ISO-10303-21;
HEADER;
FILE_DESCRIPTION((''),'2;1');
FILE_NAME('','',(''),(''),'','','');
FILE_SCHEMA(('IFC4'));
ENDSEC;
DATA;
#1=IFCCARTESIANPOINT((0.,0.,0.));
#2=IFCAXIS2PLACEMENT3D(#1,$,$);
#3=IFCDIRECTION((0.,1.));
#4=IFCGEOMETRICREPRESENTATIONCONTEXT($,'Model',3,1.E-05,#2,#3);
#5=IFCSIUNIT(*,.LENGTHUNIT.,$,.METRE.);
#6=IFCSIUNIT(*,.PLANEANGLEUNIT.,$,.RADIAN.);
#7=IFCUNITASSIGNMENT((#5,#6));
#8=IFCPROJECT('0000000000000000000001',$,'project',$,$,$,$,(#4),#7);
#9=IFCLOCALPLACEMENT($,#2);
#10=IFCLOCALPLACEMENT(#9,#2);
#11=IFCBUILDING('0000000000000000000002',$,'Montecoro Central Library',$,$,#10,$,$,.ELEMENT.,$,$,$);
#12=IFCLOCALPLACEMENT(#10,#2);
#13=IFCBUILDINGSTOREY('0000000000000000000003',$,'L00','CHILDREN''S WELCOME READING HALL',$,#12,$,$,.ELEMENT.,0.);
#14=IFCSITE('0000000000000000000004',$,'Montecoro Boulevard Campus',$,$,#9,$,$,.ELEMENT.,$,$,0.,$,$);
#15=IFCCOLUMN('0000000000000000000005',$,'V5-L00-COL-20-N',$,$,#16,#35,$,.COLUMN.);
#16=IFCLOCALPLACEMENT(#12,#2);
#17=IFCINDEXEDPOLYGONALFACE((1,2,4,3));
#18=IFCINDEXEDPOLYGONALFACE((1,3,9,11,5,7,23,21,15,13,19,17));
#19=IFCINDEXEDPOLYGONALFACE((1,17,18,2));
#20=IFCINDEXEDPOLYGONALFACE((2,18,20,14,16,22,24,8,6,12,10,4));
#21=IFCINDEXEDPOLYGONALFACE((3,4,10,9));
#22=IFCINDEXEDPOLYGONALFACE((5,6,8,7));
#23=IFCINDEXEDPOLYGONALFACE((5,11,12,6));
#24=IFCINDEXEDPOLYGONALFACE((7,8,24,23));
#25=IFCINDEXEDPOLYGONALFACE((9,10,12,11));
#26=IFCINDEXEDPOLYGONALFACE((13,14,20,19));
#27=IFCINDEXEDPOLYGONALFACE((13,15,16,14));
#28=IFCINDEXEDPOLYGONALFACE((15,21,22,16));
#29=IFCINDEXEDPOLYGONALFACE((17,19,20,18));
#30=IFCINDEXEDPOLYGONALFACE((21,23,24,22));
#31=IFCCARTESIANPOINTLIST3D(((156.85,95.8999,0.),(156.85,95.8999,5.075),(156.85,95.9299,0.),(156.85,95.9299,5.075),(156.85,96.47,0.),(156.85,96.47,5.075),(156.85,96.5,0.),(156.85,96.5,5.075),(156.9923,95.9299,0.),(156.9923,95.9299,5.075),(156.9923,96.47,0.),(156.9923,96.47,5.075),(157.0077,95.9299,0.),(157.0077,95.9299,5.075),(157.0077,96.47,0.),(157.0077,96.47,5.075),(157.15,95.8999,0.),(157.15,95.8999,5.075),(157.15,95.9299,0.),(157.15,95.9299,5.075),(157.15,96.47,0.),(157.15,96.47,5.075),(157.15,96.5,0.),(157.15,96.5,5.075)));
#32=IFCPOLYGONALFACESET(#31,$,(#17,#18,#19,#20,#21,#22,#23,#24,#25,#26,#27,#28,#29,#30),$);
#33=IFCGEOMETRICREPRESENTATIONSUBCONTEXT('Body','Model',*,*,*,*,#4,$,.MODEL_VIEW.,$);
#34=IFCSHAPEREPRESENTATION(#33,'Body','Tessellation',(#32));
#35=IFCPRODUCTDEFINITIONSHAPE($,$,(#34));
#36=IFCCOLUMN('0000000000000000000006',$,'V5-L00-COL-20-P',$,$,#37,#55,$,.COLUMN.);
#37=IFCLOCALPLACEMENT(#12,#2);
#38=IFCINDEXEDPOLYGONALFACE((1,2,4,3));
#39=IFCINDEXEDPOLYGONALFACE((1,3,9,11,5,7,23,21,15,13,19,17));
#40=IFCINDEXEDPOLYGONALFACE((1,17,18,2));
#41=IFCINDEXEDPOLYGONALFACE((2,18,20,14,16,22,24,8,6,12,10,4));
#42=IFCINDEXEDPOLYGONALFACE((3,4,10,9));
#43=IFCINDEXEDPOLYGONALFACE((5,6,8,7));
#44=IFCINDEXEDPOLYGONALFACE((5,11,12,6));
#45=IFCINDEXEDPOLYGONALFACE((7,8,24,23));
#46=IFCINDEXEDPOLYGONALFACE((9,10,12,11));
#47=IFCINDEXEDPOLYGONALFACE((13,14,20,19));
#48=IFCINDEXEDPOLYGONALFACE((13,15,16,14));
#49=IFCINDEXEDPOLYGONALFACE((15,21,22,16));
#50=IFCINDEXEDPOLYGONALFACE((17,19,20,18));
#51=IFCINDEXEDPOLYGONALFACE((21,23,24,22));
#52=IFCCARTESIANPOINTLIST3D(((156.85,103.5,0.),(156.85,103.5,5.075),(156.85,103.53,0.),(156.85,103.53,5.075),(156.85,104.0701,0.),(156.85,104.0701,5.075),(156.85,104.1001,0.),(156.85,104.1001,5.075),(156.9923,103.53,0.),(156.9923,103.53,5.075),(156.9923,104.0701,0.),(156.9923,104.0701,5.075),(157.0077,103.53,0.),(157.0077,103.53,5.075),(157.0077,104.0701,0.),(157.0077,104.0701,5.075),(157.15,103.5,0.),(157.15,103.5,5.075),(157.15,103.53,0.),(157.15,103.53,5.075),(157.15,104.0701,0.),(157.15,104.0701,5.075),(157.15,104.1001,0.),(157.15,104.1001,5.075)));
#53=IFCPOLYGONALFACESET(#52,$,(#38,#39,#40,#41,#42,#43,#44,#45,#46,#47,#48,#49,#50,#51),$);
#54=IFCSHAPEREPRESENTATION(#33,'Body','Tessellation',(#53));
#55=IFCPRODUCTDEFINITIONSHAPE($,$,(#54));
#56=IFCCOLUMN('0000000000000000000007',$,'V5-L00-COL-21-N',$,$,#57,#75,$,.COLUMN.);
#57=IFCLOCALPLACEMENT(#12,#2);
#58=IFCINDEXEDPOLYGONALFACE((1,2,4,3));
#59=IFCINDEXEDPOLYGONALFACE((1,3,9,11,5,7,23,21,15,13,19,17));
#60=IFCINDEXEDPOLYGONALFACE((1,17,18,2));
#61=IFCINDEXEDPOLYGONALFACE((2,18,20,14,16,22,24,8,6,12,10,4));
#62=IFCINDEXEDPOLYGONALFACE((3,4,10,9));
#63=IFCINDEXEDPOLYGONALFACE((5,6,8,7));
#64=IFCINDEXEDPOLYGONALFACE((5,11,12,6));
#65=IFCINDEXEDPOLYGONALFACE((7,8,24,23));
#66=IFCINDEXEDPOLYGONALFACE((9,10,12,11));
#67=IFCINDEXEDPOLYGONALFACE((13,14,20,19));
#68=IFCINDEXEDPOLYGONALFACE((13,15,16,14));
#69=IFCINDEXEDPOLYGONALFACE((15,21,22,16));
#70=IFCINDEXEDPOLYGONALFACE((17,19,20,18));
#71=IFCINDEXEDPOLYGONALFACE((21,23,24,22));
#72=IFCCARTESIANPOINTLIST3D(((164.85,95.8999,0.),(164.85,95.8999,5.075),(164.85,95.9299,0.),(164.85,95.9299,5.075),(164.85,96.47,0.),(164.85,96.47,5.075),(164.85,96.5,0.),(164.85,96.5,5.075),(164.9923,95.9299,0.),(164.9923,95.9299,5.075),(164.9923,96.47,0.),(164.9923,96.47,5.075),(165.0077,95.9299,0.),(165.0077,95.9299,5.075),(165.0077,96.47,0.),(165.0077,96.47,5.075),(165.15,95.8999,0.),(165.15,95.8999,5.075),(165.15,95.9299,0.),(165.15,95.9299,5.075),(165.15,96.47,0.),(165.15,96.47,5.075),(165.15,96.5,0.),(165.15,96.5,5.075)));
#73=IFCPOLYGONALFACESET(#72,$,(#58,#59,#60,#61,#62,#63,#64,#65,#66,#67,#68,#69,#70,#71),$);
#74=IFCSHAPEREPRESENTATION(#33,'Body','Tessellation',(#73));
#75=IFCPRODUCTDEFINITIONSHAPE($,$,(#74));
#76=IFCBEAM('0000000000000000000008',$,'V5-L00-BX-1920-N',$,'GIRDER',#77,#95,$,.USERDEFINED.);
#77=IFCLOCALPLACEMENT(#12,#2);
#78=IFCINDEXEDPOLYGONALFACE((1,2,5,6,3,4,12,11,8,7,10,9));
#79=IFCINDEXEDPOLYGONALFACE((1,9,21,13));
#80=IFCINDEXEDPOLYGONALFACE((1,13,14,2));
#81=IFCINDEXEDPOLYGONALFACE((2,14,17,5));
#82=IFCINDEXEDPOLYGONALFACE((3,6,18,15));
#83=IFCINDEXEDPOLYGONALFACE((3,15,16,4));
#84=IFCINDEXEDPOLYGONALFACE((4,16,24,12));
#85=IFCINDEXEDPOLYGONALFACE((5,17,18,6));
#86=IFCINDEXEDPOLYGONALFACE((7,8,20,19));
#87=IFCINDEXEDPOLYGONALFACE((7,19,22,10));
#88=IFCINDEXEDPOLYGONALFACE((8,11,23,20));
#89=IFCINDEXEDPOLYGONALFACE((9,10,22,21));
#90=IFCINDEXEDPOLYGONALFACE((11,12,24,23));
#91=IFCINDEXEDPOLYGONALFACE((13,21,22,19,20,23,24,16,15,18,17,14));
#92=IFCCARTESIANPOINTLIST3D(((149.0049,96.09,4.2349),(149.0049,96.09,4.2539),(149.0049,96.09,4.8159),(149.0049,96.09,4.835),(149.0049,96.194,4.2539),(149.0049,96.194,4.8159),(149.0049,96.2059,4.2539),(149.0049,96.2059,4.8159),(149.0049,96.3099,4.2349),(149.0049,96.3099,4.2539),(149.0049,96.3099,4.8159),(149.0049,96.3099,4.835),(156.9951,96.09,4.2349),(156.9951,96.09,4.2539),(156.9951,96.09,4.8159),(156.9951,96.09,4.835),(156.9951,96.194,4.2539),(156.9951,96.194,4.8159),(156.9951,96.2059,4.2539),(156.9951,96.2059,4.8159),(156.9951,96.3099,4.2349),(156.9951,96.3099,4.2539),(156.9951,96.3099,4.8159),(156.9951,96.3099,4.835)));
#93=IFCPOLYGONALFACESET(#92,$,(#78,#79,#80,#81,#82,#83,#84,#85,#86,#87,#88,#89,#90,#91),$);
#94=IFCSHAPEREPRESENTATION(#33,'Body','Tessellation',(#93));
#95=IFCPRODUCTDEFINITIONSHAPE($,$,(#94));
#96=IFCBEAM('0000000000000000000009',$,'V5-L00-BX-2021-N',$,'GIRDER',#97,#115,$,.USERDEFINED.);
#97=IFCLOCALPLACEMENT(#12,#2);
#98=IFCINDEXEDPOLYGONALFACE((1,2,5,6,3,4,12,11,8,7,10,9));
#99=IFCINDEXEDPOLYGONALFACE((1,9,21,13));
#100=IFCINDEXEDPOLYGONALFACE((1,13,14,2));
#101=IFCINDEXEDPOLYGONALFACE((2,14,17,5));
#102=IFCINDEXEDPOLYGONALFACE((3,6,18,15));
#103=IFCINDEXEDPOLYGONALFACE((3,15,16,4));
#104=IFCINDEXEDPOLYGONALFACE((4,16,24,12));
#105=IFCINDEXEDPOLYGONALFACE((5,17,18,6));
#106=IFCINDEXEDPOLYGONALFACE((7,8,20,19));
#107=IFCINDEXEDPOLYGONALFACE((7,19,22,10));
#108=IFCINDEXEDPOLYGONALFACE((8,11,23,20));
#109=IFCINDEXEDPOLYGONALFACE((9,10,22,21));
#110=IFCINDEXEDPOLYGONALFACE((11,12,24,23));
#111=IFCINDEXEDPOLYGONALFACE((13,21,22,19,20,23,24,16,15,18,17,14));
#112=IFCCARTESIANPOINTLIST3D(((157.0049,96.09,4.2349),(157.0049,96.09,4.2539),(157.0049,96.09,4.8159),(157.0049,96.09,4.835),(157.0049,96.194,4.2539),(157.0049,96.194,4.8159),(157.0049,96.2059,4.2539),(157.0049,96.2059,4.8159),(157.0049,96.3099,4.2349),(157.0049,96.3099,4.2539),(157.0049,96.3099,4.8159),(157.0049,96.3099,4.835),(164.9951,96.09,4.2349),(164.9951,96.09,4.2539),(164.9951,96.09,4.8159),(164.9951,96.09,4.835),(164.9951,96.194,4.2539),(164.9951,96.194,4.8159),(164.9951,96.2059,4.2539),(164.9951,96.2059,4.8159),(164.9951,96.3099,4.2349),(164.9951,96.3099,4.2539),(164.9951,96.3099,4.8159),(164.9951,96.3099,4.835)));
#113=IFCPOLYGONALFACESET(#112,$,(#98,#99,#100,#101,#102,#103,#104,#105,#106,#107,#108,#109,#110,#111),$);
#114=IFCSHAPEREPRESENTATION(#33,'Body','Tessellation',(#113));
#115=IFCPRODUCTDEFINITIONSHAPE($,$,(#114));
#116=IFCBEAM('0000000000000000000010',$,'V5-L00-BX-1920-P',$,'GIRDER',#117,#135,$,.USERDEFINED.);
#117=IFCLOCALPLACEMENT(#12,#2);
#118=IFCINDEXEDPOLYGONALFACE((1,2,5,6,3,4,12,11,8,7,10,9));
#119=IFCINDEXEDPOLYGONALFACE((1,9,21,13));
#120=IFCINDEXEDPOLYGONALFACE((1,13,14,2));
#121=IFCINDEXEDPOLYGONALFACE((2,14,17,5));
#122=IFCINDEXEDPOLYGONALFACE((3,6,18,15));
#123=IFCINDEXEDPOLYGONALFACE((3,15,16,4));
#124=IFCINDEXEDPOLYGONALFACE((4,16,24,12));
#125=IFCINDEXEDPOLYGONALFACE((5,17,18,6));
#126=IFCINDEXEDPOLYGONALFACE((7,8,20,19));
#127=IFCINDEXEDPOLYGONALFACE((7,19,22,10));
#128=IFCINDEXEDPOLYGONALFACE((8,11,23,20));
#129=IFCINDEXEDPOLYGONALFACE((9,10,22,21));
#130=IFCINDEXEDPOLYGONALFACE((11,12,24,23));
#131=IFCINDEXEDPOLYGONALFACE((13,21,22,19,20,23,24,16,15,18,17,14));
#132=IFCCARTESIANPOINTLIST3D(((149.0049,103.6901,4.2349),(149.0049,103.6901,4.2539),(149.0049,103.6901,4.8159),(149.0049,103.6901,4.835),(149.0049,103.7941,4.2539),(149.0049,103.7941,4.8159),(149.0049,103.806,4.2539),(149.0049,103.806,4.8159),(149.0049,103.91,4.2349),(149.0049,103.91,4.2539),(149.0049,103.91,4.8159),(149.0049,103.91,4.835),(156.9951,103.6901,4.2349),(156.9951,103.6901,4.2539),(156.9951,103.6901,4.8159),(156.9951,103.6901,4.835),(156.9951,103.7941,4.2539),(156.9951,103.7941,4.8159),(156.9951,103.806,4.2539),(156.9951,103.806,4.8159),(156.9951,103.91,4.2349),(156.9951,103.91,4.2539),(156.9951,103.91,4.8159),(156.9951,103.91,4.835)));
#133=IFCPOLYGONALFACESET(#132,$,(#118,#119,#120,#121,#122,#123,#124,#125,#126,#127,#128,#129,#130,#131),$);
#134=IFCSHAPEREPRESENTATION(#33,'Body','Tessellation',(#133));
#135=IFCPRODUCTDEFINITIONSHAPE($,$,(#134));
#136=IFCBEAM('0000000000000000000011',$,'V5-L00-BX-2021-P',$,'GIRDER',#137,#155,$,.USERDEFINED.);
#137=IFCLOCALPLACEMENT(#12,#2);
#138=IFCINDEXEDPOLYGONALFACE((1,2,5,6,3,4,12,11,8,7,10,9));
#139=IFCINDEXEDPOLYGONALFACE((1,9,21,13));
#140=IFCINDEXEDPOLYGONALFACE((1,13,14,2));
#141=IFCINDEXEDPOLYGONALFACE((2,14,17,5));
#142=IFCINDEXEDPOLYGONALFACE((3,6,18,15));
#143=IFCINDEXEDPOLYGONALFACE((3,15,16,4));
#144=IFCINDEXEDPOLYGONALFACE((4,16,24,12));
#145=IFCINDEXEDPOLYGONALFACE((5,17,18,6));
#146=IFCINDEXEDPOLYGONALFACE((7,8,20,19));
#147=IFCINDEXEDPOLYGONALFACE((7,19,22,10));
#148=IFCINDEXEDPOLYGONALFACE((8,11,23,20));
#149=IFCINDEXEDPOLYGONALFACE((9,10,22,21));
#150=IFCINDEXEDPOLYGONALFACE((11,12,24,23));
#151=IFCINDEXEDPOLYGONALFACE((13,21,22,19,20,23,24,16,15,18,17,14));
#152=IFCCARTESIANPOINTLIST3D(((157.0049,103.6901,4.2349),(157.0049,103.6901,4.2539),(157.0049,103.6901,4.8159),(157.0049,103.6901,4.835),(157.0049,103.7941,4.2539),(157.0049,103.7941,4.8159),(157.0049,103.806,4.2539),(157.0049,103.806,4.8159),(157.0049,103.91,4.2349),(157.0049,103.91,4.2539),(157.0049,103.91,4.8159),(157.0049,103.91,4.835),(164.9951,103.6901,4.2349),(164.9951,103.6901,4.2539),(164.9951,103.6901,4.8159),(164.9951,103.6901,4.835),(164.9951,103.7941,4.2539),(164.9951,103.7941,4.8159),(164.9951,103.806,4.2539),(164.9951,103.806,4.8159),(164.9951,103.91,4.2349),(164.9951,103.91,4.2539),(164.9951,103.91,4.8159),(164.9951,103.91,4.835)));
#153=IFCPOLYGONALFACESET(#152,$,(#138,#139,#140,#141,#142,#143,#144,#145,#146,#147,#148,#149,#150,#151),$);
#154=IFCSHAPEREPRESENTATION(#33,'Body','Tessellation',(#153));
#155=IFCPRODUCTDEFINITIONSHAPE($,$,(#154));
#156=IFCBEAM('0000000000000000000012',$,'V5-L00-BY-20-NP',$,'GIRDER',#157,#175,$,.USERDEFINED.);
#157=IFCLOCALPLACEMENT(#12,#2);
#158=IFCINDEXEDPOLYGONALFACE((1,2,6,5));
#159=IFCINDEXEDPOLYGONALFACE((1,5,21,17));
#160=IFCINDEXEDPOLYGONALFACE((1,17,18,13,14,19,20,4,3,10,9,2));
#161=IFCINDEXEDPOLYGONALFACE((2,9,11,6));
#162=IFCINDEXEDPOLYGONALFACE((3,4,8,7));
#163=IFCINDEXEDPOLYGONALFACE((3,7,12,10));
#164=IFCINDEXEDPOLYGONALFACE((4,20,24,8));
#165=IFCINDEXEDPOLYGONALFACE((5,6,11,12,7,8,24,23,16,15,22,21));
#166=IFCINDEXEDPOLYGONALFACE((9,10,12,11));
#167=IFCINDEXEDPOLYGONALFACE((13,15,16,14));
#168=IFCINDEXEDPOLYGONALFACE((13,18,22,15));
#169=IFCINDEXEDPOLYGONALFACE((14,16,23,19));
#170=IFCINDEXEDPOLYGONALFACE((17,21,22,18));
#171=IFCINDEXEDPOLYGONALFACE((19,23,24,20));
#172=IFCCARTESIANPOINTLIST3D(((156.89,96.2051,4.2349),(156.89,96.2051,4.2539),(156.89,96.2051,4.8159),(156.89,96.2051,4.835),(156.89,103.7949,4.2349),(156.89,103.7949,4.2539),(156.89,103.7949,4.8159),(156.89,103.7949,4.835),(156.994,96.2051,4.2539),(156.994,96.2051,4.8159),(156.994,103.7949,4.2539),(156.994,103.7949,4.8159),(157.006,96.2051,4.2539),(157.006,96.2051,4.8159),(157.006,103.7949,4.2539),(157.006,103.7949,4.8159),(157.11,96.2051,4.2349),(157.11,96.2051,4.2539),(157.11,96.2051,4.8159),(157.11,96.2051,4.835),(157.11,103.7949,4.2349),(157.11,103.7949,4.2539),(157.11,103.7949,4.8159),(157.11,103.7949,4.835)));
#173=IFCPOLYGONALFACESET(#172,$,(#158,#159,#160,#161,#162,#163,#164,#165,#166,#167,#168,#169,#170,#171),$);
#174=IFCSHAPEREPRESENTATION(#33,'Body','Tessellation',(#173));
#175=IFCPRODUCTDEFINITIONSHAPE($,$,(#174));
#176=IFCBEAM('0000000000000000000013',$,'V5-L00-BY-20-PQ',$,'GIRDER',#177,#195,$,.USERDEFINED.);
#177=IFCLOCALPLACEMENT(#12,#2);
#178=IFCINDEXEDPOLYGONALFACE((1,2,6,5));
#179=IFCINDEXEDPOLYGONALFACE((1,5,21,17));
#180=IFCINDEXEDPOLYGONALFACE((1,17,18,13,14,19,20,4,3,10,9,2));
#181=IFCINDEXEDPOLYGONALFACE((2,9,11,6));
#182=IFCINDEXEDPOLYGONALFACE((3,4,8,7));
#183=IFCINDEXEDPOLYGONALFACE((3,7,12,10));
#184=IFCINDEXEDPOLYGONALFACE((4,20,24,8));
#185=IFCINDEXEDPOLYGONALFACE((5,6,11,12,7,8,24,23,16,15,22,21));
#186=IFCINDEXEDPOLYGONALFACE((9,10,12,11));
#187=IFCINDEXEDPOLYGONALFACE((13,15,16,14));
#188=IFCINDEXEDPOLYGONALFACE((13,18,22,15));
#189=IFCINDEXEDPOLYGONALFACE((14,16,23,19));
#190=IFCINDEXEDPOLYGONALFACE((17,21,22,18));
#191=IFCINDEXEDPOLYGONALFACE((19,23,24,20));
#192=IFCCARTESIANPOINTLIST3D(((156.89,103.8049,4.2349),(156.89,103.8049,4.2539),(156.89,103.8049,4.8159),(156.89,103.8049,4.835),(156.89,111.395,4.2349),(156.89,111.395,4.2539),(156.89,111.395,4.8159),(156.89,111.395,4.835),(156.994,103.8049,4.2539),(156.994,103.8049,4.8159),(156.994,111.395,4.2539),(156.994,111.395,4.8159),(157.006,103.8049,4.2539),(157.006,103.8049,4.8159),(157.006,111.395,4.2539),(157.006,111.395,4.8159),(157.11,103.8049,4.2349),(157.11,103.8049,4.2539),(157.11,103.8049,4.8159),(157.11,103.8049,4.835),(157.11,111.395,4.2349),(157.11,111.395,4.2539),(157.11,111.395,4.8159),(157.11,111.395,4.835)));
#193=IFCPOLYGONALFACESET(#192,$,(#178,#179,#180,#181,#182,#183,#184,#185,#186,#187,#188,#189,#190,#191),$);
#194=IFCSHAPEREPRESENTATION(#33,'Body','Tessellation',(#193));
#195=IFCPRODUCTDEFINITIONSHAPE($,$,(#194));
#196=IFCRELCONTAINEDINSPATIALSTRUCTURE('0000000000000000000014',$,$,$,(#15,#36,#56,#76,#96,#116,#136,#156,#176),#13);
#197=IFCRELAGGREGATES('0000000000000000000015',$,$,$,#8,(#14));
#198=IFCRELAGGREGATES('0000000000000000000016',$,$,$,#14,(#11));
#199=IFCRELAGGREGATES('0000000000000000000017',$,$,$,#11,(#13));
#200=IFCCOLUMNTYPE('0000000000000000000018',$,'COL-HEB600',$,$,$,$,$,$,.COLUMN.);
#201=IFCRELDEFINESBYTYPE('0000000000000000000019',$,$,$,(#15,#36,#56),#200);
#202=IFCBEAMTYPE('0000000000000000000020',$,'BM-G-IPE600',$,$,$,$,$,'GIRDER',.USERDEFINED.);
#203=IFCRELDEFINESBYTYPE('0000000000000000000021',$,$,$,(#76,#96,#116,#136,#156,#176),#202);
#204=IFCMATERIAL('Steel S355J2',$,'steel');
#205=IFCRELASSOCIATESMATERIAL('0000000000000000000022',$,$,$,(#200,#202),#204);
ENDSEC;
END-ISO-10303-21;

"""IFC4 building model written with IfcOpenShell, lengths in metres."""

from ifc_helpers import new_model, si_unit, direction, frame, origin, origin_2d, place, context, subcontext, project, spatial, i_section, extrude, material, material_profile, profile_set, type_object, element, save


model = new_model("IFC4")

# Units and contexts
model_context = context("Model", 3, precision=1e-05, world=origin(), true_north=direction((0.0, 1.0)))
body_context = subcontext(model_context, "Body", "Model", "MODEL_VIEW")
ifc_project = project(units=[si_unit("LENGTHUNIT", "METRE"), si_unit("PLANEANGLEUNIT", "RADIAN")], contexts=[model_context])

# Site, building, storey
site_placement = place(None, origin())
site = spatial("IfcSite", under=ifc_project, at=site_placement, Name="Montecoro Boulevard Campus", CompositionType="ELEMENT", RefElevation=0.0)
building_placement = place(site_placement, origin())
building = spatial("IfcBuilding", under=site, at=building_placement, Name="Montecoro Central Library", CompositionType="ELEMENT")
storey_placement = place(building_placement, origin())
storey = spatial("IfcBuildingStorey", under=building, at=storey_placement, Name="L00", Description="CHILDREN'S WELCOME READING HALL", CompositionType="ELEMENT", Elevation=0.0)

# Columns
ifc_material_1 = material(Name="Steel S355J2", Category="steel")
ifc_material_profile_1 = material_profile(ifc_material_1, i_section(OverallWidth=0.3, OverallDepth=0.6001, WebThickness=0.0154, FlangeThickness=0.03, at=origin_2d()), Name="HEB 600")
ifc_profile_set_1 = profile_set([ifc_material_profile_1], Name="Steel S355J2")
column_type = type_object("IfcColumnType", Name="COL-HEB600", PredefinedType="COLUMN", material=ifc_profile_set_1)
for number, where, z_axis, x_axis, name in (
    (1, (157.0, 96.2, 0.0), (0.0, 0.0, 1.0), (1.0, 0.0, 0.0), "V5-L00-COL-20-N"),
    (2, (157.0, 103.8, 0.0), (0.0, 0.0, 1.0), (1.0, 0.0, 0.0), "V5-L00-COL-20-P"),
    (3, (165.0, 96.2, 0.0), (0.0, 0.0, 1.0), (1.0, 0.0, 0.0), "V5-L00-COL-21-N"),
):
    element("IfcColumn", number, at=place(storey_placement, frame(where, z_axis=z_axis, x_axis=x_axis)), inside=storey, type_object=column_type, Name=name, PredefinedType="COLUMN", context=body_context, shape_type="SweptSolid", body=[
        extrude(i_section(OverallWidth=0.3, OverallDepth=0.6001, WebThickness=0.0154, FlangeThickness=0.03, at=origin_2d()), origin(), (0.0, 0.0, 1.0), 5.075),
    ])

# Beams
ifc_material_profile_2 = material_profile(ifc_material_1, i_section(OverallWidth=0.22, OverallDepth=0.6001, WebThickness=0.012, FlangeThickness=0.019, at=origin_2d()), Name="IPE 600")
ifc_profile_set_2 = profile_set([ifc_material_profile_2], Name="Steel S355J2")
beam_type_1 = type_object("IfcBeamType", Name="BM-G-IPE600", ElementType="GIRDER", PredefinedType="USERDEFINED", material=ifc_profile_set_2)
for number, where, z_axis, x_axis, name in (
    (4, (149.0049, 96.2, 4.5349), (1.0, 0.0, 0.0), (0.0, 1.0, 0.0), "V5-L00-BX-1920-N"),
    (5, (157.0049, 96.2, 4.5349), (1.0, 0.0, 0.0), (0.0, 1.0, 0.0), "V5-L00-BX-2021-N"),
    (6, (149.0049, 103.8, 4.5349), (1.0, 0.0, 0.0), (0.0, 1.0, 0.0), "V5-L00-BX-1920-P"),
    (7, (157.0049, 103.8, 4.5349), (1.0, 0.0, 0.0), (0.0, 1.0, 0.0), "V5-L00-BX-2021-P"),
):
    element("IfcBeam", number, at=place(storey_placement, frame(where, z_axis=z_axis, x_axis=x_axis)), inside=storey, type_object=beam_type_1, Name=name, ObjectType="GIRDER", PredefinedType="USERDEFINED", context=body_context, shape_type="SweptSolid", body=[
        extrude(i_section(OverallWidth=0.22, OverallDepth=0.6001, WebThickness=0.012, FlangeThickness=0.019, at=origin_2d()), origin(), (0.0, 0.0, 1.0), 7.9902),
    ])
beam_1_placement = place(storey_placement, frame((157.0, 96.2051, 4.5349), z_axis=(0.0, 1.0, 0.0), x_axis=(-1.0, 0.0, 0.0)))
element("IfcBeam", 8, at=beam_1_placement, inside=storey, type_object=beam_type_1, Name="V5-L00-BY-20-NP", ObjectType="GIRDER", PredefinedType="USERDEFINED", context=body_context, shape_type="SweptSolid", body=[
    extrude(i_section(OverallWidth=0.22, OverallDepth=0.6001, WebThickness=0.012, FlangeThickness=0.019, at=origin_2d()), origin(), (0.0, 0.0, 1.0), 7.5898),
])
beam_2_placement = place(storey_placement, frame((157.0, 103.8049, 4.5349), z_axis=(0.0, 1.0, 0.0), x_axis=(-1.0, 0.0, 0.0)))
element("IfcBeam", 9, at=beam_2_placement, inside=storey, type_object=beam_type_1, Name="V5-L00-BY-20-PQ", ObjectType="GIRDER", PredefinedType="USERDEFINED", context=body_context, shape_type="SweptSolid", body=[
    extrude(i_section(OverallWidth=0.22, OverallDepth=0.6001, WebThickness=0.012, FlangeThickness=0.019, at=origin_2d()), origin(), (0.0, 0.0, 1.0), 7.5901),
])

save(model, "model.ifc")
